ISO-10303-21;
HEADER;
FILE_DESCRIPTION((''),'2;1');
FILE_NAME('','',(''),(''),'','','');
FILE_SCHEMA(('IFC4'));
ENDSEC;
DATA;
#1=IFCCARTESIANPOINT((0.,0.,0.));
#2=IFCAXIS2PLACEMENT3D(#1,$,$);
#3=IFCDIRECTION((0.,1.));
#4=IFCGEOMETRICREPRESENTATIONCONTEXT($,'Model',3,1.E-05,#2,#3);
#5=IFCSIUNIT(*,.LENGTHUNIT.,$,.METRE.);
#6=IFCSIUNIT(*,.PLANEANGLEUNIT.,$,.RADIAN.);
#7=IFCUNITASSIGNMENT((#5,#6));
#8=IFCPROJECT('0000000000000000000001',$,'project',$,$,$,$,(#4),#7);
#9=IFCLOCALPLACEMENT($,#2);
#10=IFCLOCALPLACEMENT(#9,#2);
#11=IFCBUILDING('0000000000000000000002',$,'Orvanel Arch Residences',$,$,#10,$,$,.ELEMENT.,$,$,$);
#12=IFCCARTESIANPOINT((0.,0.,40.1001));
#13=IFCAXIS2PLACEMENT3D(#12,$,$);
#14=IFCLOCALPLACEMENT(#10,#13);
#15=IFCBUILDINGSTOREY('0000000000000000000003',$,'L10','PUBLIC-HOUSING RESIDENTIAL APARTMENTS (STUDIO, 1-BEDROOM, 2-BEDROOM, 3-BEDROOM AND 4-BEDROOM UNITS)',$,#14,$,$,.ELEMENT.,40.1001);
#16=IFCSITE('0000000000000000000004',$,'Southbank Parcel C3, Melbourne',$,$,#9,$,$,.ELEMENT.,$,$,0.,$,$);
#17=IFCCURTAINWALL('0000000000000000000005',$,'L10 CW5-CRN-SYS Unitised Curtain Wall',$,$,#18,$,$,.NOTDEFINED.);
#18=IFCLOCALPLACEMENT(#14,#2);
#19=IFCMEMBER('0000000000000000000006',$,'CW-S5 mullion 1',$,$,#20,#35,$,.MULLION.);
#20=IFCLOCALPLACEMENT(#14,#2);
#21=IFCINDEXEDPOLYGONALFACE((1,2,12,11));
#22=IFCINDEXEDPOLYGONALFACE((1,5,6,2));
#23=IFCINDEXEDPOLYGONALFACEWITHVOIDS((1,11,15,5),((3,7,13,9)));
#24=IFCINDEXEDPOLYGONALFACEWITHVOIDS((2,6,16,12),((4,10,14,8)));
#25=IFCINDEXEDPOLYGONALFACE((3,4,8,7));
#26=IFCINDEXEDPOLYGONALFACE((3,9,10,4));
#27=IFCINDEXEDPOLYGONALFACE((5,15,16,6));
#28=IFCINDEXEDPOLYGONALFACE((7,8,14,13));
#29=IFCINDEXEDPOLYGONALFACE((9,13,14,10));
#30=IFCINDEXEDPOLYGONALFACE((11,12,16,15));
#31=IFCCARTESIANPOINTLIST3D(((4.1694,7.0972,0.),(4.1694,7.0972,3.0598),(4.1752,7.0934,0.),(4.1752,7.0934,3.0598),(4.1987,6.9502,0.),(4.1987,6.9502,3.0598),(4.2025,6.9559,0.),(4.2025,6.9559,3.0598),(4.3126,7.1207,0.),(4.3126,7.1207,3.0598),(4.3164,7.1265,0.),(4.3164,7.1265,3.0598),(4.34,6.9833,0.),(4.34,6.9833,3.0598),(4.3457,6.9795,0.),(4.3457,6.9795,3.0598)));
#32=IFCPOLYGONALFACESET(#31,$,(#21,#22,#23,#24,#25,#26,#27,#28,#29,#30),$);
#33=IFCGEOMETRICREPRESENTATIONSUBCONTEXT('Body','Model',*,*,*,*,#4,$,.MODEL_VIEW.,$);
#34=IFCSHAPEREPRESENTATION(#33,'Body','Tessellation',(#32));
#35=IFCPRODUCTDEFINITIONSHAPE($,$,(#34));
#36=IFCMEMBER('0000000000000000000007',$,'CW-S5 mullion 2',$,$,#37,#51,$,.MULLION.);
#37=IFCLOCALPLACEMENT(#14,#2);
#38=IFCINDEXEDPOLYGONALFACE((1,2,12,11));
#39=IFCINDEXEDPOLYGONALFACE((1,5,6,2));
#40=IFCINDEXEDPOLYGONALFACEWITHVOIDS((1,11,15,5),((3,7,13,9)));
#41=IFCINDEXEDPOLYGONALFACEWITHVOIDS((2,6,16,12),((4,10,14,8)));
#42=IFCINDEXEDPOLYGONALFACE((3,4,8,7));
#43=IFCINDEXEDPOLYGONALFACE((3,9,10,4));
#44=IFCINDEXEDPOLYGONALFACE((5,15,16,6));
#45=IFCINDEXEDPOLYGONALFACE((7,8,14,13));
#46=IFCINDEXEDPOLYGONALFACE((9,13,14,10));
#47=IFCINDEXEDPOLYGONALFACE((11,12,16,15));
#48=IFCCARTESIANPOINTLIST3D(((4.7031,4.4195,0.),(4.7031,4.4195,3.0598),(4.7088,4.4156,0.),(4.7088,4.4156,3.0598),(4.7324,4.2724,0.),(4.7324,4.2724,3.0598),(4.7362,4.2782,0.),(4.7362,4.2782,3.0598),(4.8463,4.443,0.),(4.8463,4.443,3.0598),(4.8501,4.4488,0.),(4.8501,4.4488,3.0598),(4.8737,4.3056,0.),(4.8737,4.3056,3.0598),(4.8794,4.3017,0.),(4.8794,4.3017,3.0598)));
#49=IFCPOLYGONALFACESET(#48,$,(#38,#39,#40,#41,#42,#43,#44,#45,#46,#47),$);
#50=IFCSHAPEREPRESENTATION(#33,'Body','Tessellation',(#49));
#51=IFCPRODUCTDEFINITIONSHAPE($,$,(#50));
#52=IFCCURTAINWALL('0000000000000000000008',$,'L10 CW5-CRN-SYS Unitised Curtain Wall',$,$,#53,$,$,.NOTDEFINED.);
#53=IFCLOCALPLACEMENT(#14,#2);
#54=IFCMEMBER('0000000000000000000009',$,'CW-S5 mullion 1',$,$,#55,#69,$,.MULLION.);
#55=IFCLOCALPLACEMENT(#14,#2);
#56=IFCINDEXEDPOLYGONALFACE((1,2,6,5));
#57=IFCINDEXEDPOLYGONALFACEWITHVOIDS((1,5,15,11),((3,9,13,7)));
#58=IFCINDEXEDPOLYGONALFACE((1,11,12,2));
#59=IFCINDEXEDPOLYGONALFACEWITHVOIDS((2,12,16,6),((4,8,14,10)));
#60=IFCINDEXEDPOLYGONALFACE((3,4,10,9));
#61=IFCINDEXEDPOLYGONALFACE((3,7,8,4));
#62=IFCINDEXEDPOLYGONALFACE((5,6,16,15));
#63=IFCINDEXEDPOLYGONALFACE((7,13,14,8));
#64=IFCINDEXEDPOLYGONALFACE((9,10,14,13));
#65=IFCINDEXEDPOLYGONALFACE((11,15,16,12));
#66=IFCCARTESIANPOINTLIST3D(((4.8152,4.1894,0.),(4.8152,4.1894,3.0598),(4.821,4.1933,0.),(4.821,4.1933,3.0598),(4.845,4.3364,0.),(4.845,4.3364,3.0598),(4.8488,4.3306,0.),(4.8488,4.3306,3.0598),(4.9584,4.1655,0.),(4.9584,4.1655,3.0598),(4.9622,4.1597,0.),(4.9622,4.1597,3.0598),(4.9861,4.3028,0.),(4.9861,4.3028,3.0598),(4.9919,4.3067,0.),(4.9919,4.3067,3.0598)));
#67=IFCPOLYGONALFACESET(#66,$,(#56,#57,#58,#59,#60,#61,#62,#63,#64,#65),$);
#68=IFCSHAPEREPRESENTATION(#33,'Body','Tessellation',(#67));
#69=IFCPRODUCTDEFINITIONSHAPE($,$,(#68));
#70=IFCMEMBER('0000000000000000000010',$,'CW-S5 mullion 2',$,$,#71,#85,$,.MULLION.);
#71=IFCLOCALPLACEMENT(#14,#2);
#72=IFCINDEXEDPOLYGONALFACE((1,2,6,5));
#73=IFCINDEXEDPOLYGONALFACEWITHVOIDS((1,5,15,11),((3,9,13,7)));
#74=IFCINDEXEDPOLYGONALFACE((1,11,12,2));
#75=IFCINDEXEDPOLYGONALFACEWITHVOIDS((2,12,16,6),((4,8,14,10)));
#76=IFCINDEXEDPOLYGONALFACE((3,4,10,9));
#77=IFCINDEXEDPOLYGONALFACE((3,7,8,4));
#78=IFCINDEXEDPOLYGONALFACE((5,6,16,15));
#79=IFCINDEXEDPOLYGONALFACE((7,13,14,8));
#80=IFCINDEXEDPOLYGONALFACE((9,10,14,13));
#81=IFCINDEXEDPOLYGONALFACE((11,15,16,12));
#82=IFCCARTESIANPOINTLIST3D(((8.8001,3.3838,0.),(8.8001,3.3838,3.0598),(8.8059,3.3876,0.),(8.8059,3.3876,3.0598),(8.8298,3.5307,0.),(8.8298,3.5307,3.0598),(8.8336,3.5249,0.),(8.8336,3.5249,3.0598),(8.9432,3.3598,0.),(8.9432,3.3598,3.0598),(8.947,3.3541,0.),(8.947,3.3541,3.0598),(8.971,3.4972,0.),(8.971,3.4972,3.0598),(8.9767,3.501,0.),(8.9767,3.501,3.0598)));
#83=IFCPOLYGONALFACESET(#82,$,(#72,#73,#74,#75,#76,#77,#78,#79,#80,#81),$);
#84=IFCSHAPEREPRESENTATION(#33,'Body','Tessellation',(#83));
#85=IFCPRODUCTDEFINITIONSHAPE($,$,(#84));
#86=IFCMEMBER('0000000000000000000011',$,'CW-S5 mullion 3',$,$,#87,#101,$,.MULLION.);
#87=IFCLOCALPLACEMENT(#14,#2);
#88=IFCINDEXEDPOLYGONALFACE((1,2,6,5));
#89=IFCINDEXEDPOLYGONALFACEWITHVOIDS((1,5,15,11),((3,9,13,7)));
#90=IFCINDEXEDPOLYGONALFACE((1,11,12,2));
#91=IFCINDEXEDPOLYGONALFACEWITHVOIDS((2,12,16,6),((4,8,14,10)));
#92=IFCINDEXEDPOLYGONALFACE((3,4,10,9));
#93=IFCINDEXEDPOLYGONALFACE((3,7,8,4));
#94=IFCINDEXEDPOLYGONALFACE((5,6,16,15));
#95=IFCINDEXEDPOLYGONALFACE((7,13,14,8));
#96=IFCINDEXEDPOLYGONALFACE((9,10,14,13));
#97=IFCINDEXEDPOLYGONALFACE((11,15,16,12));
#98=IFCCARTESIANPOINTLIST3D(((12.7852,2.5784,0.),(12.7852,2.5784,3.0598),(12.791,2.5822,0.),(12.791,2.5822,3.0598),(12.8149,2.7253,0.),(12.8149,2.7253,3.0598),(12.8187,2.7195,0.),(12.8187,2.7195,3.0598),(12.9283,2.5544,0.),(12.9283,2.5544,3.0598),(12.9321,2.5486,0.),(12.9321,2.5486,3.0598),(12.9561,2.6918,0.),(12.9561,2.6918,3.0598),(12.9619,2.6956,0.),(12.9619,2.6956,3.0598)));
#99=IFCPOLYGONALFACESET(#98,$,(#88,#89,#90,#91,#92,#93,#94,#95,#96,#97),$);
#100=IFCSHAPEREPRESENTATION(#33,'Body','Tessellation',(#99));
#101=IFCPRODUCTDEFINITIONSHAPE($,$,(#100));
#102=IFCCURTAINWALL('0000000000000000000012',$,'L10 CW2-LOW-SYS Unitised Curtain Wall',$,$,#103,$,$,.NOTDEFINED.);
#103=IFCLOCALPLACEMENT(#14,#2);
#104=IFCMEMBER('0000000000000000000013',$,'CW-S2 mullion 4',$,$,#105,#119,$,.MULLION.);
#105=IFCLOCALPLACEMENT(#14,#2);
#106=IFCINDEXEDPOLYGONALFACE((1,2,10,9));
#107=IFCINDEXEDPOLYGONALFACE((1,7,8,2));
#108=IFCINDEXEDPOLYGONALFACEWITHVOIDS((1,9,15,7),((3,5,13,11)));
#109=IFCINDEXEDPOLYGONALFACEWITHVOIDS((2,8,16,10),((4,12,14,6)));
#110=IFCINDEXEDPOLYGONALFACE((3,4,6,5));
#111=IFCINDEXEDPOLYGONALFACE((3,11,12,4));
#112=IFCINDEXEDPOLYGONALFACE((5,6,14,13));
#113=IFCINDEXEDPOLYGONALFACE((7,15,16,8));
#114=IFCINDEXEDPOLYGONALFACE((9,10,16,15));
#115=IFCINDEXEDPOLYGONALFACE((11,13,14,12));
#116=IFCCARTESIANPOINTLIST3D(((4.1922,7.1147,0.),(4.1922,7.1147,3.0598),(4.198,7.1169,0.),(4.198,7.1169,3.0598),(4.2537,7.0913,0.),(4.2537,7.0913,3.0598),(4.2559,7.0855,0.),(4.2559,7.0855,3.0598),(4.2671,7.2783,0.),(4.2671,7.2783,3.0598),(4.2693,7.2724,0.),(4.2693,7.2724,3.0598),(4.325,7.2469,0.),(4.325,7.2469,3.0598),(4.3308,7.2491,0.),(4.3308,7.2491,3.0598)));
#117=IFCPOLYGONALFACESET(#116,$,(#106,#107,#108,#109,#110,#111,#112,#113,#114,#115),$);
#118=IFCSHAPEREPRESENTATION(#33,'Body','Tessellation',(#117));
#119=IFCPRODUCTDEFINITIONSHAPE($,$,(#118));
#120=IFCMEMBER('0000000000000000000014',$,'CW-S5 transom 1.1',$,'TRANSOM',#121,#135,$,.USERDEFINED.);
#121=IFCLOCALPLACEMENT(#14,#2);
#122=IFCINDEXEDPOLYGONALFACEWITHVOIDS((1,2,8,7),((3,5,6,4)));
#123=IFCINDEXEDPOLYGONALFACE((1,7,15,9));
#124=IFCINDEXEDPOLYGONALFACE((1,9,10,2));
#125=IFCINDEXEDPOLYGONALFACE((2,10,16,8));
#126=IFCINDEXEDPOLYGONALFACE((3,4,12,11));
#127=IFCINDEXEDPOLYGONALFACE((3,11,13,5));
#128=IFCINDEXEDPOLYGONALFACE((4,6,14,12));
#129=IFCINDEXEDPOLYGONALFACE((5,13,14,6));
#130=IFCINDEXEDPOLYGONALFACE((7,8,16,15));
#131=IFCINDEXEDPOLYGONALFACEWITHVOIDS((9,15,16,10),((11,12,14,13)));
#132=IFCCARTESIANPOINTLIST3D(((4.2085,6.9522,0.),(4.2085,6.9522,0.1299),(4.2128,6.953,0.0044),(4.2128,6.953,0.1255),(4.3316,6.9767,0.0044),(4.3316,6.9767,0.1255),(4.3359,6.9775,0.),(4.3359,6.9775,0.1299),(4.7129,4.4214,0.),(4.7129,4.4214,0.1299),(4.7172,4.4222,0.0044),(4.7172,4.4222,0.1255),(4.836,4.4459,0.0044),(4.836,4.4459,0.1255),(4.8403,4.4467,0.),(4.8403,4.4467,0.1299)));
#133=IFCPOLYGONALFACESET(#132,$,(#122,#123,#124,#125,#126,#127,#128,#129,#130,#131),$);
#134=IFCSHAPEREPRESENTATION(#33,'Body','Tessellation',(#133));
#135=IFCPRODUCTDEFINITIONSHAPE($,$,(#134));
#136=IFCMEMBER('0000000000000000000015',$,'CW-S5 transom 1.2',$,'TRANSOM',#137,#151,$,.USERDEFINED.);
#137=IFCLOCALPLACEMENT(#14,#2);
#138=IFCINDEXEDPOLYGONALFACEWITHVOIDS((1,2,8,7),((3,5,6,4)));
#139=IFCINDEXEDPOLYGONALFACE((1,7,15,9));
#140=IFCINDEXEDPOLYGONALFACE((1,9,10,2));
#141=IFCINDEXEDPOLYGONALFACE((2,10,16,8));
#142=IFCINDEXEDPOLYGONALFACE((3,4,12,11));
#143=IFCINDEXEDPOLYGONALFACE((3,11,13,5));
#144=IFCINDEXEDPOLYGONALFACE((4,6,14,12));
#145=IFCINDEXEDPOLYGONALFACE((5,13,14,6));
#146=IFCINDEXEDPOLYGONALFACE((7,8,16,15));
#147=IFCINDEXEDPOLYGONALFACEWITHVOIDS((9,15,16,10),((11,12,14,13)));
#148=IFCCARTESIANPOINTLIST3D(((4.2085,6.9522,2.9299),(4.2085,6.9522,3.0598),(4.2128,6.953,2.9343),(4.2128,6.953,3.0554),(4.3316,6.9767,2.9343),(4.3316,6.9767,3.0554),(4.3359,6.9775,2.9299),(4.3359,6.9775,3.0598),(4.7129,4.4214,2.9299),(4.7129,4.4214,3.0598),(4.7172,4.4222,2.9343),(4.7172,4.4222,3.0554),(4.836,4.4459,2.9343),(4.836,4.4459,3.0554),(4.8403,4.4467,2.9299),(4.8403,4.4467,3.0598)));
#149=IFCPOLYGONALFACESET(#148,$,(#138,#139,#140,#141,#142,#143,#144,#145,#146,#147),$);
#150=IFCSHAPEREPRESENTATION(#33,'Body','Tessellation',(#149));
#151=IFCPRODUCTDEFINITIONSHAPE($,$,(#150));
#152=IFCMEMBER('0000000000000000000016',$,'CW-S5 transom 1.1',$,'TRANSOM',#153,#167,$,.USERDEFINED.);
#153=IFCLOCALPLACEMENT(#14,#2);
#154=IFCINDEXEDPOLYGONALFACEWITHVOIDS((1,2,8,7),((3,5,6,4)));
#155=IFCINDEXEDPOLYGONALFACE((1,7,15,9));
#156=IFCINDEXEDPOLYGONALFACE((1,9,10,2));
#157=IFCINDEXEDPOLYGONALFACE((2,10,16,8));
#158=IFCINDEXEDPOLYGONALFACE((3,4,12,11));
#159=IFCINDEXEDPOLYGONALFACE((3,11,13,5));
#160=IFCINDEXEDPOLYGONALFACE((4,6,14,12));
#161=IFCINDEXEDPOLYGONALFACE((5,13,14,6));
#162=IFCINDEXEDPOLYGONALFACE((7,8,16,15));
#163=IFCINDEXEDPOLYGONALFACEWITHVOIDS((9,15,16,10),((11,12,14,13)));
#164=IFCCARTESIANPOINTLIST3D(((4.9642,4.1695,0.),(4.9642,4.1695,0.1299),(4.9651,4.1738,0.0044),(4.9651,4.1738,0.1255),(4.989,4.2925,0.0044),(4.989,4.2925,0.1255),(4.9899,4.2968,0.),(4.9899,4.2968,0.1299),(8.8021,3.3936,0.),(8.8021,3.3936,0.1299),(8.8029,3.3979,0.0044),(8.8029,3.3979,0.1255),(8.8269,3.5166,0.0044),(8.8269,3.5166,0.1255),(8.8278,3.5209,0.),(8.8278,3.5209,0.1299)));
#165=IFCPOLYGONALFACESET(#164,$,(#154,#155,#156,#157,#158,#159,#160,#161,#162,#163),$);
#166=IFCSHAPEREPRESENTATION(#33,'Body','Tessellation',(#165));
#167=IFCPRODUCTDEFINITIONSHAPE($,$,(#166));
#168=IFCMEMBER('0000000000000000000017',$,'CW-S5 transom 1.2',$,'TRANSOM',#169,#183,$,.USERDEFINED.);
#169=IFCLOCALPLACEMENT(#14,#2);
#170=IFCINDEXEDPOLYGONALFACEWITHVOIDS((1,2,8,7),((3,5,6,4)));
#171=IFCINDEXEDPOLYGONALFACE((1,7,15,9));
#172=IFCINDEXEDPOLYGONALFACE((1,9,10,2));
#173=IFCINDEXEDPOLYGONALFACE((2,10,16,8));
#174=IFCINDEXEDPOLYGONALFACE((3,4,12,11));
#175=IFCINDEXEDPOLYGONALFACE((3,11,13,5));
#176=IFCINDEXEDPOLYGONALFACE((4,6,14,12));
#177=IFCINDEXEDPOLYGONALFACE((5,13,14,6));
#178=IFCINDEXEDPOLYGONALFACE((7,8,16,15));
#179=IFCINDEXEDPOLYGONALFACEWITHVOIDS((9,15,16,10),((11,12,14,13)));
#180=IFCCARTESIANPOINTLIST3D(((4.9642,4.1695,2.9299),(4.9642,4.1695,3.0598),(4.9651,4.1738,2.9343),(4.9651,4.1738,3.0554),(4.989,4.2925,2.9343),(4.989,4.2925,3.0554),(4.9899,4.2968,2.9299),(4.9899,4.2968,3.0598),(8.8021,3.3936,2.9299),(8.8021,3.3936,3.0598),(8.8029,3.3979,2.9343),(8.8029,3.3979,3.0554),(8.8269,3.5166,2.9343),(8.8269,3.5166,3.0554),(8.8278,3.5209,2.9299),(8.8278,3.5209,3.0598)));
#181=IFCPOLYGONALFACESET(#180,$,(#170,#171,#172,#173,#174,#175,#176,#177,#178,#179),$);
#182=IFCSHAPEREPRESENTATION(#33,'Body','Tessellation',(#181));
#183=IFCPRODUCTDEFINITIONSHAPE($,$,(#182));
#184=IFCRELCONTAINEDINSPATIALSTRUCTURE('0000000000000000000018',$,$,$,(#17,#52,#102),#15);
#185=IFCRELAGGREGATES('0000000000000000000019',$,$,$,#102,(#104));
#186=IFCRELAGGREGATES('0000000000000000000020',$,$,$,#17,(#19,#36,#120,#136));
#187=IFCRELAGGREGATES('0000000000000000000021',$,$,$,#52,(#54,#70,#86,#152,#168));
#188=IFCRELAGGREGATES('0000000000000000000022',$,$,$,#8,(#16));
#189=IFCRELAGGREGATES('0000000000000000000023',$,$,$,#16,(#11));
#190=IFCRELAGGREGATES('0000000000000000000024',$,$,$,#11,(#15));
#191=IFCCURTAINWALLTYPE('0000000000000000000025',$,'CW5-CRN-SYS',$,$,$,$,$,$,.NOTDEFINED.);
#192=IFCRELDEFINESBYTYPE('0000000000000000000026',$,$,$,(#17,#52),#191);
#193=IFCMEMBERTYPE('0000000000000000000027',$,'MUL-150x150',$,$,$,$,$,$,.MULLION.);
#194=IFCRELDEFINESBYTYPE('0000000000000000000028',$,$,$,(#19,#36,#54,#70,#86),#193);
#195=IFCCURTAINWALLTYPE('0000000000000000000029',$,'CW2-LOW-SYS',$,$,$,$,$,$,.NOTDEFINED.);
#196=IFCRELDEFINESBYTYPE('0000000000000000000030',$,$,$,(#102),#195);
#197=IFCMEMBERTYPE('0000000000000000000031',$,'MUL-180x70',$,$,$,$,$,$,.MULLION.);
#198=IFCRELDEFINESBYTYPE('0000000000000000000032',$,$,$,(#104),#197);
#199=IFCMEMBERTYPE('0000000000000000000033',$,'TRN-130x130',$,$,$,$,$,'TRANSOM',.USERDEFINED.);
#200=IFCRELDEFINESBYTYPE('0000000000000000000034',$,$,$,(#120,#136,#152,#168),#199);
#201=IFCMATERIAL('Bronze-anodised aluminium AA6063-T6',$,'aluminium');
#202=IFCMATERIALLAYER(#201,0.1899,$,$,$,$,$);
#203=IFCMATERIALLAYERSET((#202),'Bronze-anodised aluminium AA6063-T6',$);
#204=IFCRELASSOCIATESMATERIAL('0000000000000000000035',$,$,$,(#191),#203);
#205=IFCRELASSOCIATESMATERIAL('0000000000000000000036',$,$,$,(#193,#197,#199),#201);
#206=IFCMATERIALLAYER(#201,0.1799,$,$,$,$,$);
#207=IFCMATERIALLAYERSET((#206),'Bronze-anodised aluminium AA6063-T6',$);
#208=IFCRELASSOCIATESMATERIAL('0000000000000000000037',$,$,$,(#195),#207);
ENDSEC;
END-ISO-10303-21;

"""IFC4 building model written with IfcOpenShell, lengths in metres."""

from ifc_helpers import new_model, si_unit, direction, frame, origin, origin_2d, place, context, subcontext, project, spatial, hollow_rectangle, extrude, material, layer, layer_set, material_profile, profile_set, type_object, element, aggregate, save


model = new_model("IFC4")

# Units and contexts
model_context = context("Model", 3, precision=1e-05, world=origin(), true_north=direction((0.0, 1.0)))
body_context = subcontext(model_context, "Body", "Model", "MODEL_VIEW")
ifc_project = project(units=[si_unit("LENGTHUNIT", "METRE"), si_unit("PLANEANGLEUNIT", "RADIAN")], contexts=[model_context])

# Site, building, storey
site_placement = place(None, origin())
site = spatial("IfcSite", under=ifc_project, at=site_placement, Name="Southbank Parcel C3, Melbourne", CompositionType="ELEMENT", RefElevation=0.0)
building_placement = place(site_placement, origin())
building = spatial("IfcBuilding", under=site, at=building_placement, Name="Orvanel Arch Residences", CompositionType="ELEMENT")
storey_placement = place(building_placement, frame((0.0, 0.0, 40.1001)))
storey = spatial("IfcBuildingStorey", under=building, at=storey_placement, Name="L10", Description="PUBLIC-HOUSING RESIDENTIAL APARTMENTS (STUDIO, 1-BEDROOM, 2-BEDROOM, 3-BEDROOM AND 4-BEDROOM UNITS)", CompositionType="ELEMENT", Elevation=40.1001)

# Curtain walls, members
ifc_material_1 = material(Name="Bronze-anodised aluminium AA6063-T6", Category="aluminium")
ifc_layer_1 = layer(ifc_material_1, 0.1899)
ifc_layer_set_1 = layer_set([ifc_layer_1], Name="Bronze-anodised aluminium AA6063-T6")
curtain_wall_type_1 = type_object("IfcCurtainWallType", Name="CW5-CRN-SYS", PredefinedType="NOTDEFINED", material=ifc_layer_set_1)
curtain_wall_1_placement = place(storey_placement, origin())
curtain_wall_1 = element("IfcCurtainWall", 1, at=curtain_wall_1_placement, inside=storey, type_object=curtain_wall_type_1, Name="L10 CW5-CRN-SYS Unitised Curtain Wall", PredefinedType="NOTDEFINED")
ifc_material_profile_1 = material_profile(ifc_material_1, hollow_rectangle(XDim=0.1499, YDim=0.1499, WallThickness=0.0049, at=origin_2d()), Name="ALU150x150x5")
ifc_profile_set_1 = profile_set([ifc_material_profile_1], Name="Bronze-anodised aluminium AA6063-T6")
member_type_1 = type_object("IfcMemberType", Name="MUL-150x150", PredefinedType="MULLION", material=ifc_profile_set_1)
member_1_placement = place(storey_placement, frame((4.2576, 7.0383, 0.0), z_axis=(0.0, 0.0, 1.0), x_axis=(0.980714, 0.195448, 0.0)))
member_1 = element("IfcMember", 2, at=member_1_placement, type_object=member_type_1, Name="CW-S5 mullion 1", PredefinedType="MULLION", context=body_context, shape_type="SweptSolid", body=[
    extrude(hollow_rectangle(XDim=0.1499, YDim=0.1499, WallThickness=0.0049, at=origin_2d()), origin(), (0.0, 0.0, 1.0), 3.0598),
])
member_2_placement = place(storey_placement, frame((4.7913, 4.3606, 0.0), z_axis=(0.0, 0.0, 1.0), x_axis=(0.980714, 0.195448, 0.0)))
member_2 = element("IfcMember", 3, at=member_2_placement, type_object=member_type_1, Name="CW-S5 mullion 2", PredefinedType="MULLION", context=body_context, shape_type="SweptSolid", body=[
    extrude(hollow_rectangle(XDim=0.1499, YDim=0.1499, WallThickness=0.0049, at=origin_2d()), origin(), (0.0, 0.0, 1.0), 3.0598),
])
curtain_wall_2_placement = place(storey_placement, origin())
curtain_wall_2 = element("IfcCurtainWall", 4, at=curtain_wall_2_placement, inside=storey, type_object=curtain_wall_type_1, Name="L10 CW5-CRN-SYS Unitised Curtain Wall", PredefinedType="NOTDEFINED")
member_3_placement = place(storey_placement, frame((4.9036, 4.248, 0.0), z_axis=(0.0, 0.0, 1.0), x_axis=(0.198159, 0.98017, 0.0)))
member_3 = element("IfcMember", 5, at=member_3_placement, type_object=member_type_1, Name="CW-S5 mullion 1", PredefinedType="MULLION", context=body_context, shape_type="SweptSolid", body=[
    extrude(hollow_rectangle(XDim=0.1499, YDim=0.1499, WallThickness=0.0049, at=origin_2d()), origin(), (0.0, 0.0, 1.0), 3.0598),
])
member_4_placement = place(storey_placement, frame((8.8884, 3.4424, 0.0), z_axis=(0.0, 0.0, 1.0), x_axis=(0.198159, 0.98017, 0.0)))
member_4 = element("IfcMember", 6, at=member_4_placement, type_object=member_type_1, Name="CW-S5 mullion 2", PredefinedType="MULLION", context=body_context, shape_type="SweptSolid", body=[
    extrude(hollow_rectangle(XDim=0.1499, YDim=0.1499, WallThickness=0.0049, at=origin_2d()), origin(), (0.0, 0.0, 1.0), 3.0598),
])
member_5_placement = place(storey_placement, frame((12.8735, 2.637, 0.0), z_axis=(0.0, 0.0, 1.0), x_axis=(0.198159, 0.98017, 0.0)))
member_5 = element("IfcMember", 7, at=member_5_placement, type_object=member_type_1, Name="CW-S5 mullion 3", PredefinedType="MULLION", context=body_context, shape_type="SweptSolid", body=[
    extrude(hollow_rectangle(XDim=0.1499, YDim=0.1499, WallThickness=0.0049, at=origin_2d()), origin(), (0.0, 0.0, 1.0), 3.0598),
])

# Curtain wall, member
ifc_layer_2 = layer(ifc_material_1, 0.1799)
ifc_layer_set_2 = layer_set([ifc_layer_2], Name="Bronze-anodised aluminium AA6063-T6")
curtain_wall_type_2 = type_object("IfcCurtainWallType", Name="CW2-LOW-SYS", PredefinedType="NOTDEFINED", material=ifc_layer_set_2)
curtain_wall_3_placement = place(storey_placement, origin())
curtain_wall_3 = element("IfcCurtainWall", 8, at=curtain_wall_3_placement, inside=storey, type_object=curtain_wall_type_2, Name="L10 CW2-LOW-SYS Unitised Curtain Wall", PredefinedType="NOTDEFINED")
ifc_material_profile_2 = material_profile(ifc_material_1, hollow_rectangle(XDim=0.0701, YDim=0.1799, WallThickness=0.0044, at=origin_2d()), Name="ALU180x70x4.5")
ifc_profile_set_2 = profile_set([ifc_material_profile_2], Name="Bronze-anodised aluminium AA6063-T6")
member_type_2 = type_object("IfcMemberType", Name="MUL-180x70", PredefinedType="MULLION", material=ifc_profile_set_2)
member_6_placement = place(storey_placement, frame((4.2615, 7.1819, 0.0), z_axis=(0.0, 0.0, 1.0), x_axis=(0.909118, -0.416538, 0.0)))
member_6 = element("IfcMember", 9, at=member_6_placement, type_object=member_type_2, Name="CW-S2 mullion 4", PredefinedType="MULLION", context=body_context, shape_type="SweptSolid", body=[
    extrude(hollow_rectangle(XDim=0.0701, YDim=0.1799, WallThickness=0.0044, at=origin_2d()), origin(), (0.0, 0.0, 1.0), 3.0598),
])
aggregate(curtain_wall_3, [member_6])

# Members
ifc_material_profile_3 = material_profile(ifc_material_1, hollow_rectangle(XDim=0.1299, YDim=0.1299, WallThickness=0.0044, at=origin_2d()), Name="ALU130x130x4.5")
ifc_profile_set_3 = profile_set([ifc_material_profile_3], Name="Bronze-anodised aluminium AA6063-T6")
member_type_3 = type_object("IfcMemberType", Name="TRN-130x130", ElementType="TRANSOM", PredefinedType="USERDEFINED", material=ifc_profile_set_3)
member_7_placement = place(storey_placement, frame((4.2722, 6.9648, 0.0649), z_axis=(0.195461, -0.980711, 0.0), x_axis=(0.980711, 0.195461, 0.0)))
member_7 = element("IfcMember", 10, at=member_7_placement, type_object=member_type_3, Name="CW-S5 transom 1.1", ObjectType="TRANSOM", PredefinedType="USERDEFINED", context=body_context, shape_type="SweptSolid", body=[
    extrude(hollow_rectangle(XDim=0.1299, YDim=0.1299, WallThickness=0.0044, at=origin_2d()), origin(), (0.0, 0.0, 1.0), 2.5806),
])
member_8_placement = place(storey_placement, frame((4.2722, 6.9648, 2.9949), z_axis=(0.195461, -0.980711, 0.0), x_axis=(0.980711, 0.195461, 0.0)))
member_8 = element("IfcMember", 11, at=member_8_placement, type_object=member_type_3, Name="CW-S5 transom 1.2", ObjectType="TRANSOM", PredefinedType="USERDEFINED", context=body_context, shape_type="SweptSolid", body=[
    extrude(hollow_rectangle(XDim=0.1299, YDim=0.1299, WallThickness=0.0044, at=origin_2d()), origin(), (0.0, 0.0, 1.0), 2.5806),
])
member_9_placement = place(storey_placement, frame((4.9771, 4.2332, 0.0649), z_axis=(0.980171, -0.198154, 0.0), x_axis=(0.198154, 0.980171, 0.0)))
member_9 = element("IfcMember", 12, at=member_9_placement, type_object=member_type_3, Name="CW-S5 transom 1.1", ObjectType="TRANSOM", PredefinedType="USERDEFINED", context=body_context, shape_type="SweptSolid", body=[
    extrude(hollow_rectangle(XDim=0.1299, YDim=0.1299, WallThickness=0.0044, at=origin_2d()), origin(), (0.0, 0.0, 1.0), 3.9155),
])
member_10_placement = place(storey_placement, frame((4.9771, 4.2332, 2.9949), z_axis=(0.980171, -0.198154, 0.0), x_axis=(0.198154, 0.980171, 0.0)))
member_10 = element("IfcMember", 13, at=member_10_placement, type_object=member_type_3, Name="CW-S5 transom 1.2", ObjectType="TRANSOM", PredefinedType="USERDEFINED", context=body_context, shape_type="SweptSolid", body=[
    extrude(hollow_rectangle(XDim=0.1299, YDim=0.1299, WallThickness=0.0044, at=origin_2d()), origin(), (0.0, 0.0, 1.0), 3.9155),
])

aggregate(curtain_wall_1, [member_1, member_2, member_7, member_8])
aggregate(curtain_wall_2, [member_3, member_4, member_5, member_9, member_10])

save(model, "model.ifc")
